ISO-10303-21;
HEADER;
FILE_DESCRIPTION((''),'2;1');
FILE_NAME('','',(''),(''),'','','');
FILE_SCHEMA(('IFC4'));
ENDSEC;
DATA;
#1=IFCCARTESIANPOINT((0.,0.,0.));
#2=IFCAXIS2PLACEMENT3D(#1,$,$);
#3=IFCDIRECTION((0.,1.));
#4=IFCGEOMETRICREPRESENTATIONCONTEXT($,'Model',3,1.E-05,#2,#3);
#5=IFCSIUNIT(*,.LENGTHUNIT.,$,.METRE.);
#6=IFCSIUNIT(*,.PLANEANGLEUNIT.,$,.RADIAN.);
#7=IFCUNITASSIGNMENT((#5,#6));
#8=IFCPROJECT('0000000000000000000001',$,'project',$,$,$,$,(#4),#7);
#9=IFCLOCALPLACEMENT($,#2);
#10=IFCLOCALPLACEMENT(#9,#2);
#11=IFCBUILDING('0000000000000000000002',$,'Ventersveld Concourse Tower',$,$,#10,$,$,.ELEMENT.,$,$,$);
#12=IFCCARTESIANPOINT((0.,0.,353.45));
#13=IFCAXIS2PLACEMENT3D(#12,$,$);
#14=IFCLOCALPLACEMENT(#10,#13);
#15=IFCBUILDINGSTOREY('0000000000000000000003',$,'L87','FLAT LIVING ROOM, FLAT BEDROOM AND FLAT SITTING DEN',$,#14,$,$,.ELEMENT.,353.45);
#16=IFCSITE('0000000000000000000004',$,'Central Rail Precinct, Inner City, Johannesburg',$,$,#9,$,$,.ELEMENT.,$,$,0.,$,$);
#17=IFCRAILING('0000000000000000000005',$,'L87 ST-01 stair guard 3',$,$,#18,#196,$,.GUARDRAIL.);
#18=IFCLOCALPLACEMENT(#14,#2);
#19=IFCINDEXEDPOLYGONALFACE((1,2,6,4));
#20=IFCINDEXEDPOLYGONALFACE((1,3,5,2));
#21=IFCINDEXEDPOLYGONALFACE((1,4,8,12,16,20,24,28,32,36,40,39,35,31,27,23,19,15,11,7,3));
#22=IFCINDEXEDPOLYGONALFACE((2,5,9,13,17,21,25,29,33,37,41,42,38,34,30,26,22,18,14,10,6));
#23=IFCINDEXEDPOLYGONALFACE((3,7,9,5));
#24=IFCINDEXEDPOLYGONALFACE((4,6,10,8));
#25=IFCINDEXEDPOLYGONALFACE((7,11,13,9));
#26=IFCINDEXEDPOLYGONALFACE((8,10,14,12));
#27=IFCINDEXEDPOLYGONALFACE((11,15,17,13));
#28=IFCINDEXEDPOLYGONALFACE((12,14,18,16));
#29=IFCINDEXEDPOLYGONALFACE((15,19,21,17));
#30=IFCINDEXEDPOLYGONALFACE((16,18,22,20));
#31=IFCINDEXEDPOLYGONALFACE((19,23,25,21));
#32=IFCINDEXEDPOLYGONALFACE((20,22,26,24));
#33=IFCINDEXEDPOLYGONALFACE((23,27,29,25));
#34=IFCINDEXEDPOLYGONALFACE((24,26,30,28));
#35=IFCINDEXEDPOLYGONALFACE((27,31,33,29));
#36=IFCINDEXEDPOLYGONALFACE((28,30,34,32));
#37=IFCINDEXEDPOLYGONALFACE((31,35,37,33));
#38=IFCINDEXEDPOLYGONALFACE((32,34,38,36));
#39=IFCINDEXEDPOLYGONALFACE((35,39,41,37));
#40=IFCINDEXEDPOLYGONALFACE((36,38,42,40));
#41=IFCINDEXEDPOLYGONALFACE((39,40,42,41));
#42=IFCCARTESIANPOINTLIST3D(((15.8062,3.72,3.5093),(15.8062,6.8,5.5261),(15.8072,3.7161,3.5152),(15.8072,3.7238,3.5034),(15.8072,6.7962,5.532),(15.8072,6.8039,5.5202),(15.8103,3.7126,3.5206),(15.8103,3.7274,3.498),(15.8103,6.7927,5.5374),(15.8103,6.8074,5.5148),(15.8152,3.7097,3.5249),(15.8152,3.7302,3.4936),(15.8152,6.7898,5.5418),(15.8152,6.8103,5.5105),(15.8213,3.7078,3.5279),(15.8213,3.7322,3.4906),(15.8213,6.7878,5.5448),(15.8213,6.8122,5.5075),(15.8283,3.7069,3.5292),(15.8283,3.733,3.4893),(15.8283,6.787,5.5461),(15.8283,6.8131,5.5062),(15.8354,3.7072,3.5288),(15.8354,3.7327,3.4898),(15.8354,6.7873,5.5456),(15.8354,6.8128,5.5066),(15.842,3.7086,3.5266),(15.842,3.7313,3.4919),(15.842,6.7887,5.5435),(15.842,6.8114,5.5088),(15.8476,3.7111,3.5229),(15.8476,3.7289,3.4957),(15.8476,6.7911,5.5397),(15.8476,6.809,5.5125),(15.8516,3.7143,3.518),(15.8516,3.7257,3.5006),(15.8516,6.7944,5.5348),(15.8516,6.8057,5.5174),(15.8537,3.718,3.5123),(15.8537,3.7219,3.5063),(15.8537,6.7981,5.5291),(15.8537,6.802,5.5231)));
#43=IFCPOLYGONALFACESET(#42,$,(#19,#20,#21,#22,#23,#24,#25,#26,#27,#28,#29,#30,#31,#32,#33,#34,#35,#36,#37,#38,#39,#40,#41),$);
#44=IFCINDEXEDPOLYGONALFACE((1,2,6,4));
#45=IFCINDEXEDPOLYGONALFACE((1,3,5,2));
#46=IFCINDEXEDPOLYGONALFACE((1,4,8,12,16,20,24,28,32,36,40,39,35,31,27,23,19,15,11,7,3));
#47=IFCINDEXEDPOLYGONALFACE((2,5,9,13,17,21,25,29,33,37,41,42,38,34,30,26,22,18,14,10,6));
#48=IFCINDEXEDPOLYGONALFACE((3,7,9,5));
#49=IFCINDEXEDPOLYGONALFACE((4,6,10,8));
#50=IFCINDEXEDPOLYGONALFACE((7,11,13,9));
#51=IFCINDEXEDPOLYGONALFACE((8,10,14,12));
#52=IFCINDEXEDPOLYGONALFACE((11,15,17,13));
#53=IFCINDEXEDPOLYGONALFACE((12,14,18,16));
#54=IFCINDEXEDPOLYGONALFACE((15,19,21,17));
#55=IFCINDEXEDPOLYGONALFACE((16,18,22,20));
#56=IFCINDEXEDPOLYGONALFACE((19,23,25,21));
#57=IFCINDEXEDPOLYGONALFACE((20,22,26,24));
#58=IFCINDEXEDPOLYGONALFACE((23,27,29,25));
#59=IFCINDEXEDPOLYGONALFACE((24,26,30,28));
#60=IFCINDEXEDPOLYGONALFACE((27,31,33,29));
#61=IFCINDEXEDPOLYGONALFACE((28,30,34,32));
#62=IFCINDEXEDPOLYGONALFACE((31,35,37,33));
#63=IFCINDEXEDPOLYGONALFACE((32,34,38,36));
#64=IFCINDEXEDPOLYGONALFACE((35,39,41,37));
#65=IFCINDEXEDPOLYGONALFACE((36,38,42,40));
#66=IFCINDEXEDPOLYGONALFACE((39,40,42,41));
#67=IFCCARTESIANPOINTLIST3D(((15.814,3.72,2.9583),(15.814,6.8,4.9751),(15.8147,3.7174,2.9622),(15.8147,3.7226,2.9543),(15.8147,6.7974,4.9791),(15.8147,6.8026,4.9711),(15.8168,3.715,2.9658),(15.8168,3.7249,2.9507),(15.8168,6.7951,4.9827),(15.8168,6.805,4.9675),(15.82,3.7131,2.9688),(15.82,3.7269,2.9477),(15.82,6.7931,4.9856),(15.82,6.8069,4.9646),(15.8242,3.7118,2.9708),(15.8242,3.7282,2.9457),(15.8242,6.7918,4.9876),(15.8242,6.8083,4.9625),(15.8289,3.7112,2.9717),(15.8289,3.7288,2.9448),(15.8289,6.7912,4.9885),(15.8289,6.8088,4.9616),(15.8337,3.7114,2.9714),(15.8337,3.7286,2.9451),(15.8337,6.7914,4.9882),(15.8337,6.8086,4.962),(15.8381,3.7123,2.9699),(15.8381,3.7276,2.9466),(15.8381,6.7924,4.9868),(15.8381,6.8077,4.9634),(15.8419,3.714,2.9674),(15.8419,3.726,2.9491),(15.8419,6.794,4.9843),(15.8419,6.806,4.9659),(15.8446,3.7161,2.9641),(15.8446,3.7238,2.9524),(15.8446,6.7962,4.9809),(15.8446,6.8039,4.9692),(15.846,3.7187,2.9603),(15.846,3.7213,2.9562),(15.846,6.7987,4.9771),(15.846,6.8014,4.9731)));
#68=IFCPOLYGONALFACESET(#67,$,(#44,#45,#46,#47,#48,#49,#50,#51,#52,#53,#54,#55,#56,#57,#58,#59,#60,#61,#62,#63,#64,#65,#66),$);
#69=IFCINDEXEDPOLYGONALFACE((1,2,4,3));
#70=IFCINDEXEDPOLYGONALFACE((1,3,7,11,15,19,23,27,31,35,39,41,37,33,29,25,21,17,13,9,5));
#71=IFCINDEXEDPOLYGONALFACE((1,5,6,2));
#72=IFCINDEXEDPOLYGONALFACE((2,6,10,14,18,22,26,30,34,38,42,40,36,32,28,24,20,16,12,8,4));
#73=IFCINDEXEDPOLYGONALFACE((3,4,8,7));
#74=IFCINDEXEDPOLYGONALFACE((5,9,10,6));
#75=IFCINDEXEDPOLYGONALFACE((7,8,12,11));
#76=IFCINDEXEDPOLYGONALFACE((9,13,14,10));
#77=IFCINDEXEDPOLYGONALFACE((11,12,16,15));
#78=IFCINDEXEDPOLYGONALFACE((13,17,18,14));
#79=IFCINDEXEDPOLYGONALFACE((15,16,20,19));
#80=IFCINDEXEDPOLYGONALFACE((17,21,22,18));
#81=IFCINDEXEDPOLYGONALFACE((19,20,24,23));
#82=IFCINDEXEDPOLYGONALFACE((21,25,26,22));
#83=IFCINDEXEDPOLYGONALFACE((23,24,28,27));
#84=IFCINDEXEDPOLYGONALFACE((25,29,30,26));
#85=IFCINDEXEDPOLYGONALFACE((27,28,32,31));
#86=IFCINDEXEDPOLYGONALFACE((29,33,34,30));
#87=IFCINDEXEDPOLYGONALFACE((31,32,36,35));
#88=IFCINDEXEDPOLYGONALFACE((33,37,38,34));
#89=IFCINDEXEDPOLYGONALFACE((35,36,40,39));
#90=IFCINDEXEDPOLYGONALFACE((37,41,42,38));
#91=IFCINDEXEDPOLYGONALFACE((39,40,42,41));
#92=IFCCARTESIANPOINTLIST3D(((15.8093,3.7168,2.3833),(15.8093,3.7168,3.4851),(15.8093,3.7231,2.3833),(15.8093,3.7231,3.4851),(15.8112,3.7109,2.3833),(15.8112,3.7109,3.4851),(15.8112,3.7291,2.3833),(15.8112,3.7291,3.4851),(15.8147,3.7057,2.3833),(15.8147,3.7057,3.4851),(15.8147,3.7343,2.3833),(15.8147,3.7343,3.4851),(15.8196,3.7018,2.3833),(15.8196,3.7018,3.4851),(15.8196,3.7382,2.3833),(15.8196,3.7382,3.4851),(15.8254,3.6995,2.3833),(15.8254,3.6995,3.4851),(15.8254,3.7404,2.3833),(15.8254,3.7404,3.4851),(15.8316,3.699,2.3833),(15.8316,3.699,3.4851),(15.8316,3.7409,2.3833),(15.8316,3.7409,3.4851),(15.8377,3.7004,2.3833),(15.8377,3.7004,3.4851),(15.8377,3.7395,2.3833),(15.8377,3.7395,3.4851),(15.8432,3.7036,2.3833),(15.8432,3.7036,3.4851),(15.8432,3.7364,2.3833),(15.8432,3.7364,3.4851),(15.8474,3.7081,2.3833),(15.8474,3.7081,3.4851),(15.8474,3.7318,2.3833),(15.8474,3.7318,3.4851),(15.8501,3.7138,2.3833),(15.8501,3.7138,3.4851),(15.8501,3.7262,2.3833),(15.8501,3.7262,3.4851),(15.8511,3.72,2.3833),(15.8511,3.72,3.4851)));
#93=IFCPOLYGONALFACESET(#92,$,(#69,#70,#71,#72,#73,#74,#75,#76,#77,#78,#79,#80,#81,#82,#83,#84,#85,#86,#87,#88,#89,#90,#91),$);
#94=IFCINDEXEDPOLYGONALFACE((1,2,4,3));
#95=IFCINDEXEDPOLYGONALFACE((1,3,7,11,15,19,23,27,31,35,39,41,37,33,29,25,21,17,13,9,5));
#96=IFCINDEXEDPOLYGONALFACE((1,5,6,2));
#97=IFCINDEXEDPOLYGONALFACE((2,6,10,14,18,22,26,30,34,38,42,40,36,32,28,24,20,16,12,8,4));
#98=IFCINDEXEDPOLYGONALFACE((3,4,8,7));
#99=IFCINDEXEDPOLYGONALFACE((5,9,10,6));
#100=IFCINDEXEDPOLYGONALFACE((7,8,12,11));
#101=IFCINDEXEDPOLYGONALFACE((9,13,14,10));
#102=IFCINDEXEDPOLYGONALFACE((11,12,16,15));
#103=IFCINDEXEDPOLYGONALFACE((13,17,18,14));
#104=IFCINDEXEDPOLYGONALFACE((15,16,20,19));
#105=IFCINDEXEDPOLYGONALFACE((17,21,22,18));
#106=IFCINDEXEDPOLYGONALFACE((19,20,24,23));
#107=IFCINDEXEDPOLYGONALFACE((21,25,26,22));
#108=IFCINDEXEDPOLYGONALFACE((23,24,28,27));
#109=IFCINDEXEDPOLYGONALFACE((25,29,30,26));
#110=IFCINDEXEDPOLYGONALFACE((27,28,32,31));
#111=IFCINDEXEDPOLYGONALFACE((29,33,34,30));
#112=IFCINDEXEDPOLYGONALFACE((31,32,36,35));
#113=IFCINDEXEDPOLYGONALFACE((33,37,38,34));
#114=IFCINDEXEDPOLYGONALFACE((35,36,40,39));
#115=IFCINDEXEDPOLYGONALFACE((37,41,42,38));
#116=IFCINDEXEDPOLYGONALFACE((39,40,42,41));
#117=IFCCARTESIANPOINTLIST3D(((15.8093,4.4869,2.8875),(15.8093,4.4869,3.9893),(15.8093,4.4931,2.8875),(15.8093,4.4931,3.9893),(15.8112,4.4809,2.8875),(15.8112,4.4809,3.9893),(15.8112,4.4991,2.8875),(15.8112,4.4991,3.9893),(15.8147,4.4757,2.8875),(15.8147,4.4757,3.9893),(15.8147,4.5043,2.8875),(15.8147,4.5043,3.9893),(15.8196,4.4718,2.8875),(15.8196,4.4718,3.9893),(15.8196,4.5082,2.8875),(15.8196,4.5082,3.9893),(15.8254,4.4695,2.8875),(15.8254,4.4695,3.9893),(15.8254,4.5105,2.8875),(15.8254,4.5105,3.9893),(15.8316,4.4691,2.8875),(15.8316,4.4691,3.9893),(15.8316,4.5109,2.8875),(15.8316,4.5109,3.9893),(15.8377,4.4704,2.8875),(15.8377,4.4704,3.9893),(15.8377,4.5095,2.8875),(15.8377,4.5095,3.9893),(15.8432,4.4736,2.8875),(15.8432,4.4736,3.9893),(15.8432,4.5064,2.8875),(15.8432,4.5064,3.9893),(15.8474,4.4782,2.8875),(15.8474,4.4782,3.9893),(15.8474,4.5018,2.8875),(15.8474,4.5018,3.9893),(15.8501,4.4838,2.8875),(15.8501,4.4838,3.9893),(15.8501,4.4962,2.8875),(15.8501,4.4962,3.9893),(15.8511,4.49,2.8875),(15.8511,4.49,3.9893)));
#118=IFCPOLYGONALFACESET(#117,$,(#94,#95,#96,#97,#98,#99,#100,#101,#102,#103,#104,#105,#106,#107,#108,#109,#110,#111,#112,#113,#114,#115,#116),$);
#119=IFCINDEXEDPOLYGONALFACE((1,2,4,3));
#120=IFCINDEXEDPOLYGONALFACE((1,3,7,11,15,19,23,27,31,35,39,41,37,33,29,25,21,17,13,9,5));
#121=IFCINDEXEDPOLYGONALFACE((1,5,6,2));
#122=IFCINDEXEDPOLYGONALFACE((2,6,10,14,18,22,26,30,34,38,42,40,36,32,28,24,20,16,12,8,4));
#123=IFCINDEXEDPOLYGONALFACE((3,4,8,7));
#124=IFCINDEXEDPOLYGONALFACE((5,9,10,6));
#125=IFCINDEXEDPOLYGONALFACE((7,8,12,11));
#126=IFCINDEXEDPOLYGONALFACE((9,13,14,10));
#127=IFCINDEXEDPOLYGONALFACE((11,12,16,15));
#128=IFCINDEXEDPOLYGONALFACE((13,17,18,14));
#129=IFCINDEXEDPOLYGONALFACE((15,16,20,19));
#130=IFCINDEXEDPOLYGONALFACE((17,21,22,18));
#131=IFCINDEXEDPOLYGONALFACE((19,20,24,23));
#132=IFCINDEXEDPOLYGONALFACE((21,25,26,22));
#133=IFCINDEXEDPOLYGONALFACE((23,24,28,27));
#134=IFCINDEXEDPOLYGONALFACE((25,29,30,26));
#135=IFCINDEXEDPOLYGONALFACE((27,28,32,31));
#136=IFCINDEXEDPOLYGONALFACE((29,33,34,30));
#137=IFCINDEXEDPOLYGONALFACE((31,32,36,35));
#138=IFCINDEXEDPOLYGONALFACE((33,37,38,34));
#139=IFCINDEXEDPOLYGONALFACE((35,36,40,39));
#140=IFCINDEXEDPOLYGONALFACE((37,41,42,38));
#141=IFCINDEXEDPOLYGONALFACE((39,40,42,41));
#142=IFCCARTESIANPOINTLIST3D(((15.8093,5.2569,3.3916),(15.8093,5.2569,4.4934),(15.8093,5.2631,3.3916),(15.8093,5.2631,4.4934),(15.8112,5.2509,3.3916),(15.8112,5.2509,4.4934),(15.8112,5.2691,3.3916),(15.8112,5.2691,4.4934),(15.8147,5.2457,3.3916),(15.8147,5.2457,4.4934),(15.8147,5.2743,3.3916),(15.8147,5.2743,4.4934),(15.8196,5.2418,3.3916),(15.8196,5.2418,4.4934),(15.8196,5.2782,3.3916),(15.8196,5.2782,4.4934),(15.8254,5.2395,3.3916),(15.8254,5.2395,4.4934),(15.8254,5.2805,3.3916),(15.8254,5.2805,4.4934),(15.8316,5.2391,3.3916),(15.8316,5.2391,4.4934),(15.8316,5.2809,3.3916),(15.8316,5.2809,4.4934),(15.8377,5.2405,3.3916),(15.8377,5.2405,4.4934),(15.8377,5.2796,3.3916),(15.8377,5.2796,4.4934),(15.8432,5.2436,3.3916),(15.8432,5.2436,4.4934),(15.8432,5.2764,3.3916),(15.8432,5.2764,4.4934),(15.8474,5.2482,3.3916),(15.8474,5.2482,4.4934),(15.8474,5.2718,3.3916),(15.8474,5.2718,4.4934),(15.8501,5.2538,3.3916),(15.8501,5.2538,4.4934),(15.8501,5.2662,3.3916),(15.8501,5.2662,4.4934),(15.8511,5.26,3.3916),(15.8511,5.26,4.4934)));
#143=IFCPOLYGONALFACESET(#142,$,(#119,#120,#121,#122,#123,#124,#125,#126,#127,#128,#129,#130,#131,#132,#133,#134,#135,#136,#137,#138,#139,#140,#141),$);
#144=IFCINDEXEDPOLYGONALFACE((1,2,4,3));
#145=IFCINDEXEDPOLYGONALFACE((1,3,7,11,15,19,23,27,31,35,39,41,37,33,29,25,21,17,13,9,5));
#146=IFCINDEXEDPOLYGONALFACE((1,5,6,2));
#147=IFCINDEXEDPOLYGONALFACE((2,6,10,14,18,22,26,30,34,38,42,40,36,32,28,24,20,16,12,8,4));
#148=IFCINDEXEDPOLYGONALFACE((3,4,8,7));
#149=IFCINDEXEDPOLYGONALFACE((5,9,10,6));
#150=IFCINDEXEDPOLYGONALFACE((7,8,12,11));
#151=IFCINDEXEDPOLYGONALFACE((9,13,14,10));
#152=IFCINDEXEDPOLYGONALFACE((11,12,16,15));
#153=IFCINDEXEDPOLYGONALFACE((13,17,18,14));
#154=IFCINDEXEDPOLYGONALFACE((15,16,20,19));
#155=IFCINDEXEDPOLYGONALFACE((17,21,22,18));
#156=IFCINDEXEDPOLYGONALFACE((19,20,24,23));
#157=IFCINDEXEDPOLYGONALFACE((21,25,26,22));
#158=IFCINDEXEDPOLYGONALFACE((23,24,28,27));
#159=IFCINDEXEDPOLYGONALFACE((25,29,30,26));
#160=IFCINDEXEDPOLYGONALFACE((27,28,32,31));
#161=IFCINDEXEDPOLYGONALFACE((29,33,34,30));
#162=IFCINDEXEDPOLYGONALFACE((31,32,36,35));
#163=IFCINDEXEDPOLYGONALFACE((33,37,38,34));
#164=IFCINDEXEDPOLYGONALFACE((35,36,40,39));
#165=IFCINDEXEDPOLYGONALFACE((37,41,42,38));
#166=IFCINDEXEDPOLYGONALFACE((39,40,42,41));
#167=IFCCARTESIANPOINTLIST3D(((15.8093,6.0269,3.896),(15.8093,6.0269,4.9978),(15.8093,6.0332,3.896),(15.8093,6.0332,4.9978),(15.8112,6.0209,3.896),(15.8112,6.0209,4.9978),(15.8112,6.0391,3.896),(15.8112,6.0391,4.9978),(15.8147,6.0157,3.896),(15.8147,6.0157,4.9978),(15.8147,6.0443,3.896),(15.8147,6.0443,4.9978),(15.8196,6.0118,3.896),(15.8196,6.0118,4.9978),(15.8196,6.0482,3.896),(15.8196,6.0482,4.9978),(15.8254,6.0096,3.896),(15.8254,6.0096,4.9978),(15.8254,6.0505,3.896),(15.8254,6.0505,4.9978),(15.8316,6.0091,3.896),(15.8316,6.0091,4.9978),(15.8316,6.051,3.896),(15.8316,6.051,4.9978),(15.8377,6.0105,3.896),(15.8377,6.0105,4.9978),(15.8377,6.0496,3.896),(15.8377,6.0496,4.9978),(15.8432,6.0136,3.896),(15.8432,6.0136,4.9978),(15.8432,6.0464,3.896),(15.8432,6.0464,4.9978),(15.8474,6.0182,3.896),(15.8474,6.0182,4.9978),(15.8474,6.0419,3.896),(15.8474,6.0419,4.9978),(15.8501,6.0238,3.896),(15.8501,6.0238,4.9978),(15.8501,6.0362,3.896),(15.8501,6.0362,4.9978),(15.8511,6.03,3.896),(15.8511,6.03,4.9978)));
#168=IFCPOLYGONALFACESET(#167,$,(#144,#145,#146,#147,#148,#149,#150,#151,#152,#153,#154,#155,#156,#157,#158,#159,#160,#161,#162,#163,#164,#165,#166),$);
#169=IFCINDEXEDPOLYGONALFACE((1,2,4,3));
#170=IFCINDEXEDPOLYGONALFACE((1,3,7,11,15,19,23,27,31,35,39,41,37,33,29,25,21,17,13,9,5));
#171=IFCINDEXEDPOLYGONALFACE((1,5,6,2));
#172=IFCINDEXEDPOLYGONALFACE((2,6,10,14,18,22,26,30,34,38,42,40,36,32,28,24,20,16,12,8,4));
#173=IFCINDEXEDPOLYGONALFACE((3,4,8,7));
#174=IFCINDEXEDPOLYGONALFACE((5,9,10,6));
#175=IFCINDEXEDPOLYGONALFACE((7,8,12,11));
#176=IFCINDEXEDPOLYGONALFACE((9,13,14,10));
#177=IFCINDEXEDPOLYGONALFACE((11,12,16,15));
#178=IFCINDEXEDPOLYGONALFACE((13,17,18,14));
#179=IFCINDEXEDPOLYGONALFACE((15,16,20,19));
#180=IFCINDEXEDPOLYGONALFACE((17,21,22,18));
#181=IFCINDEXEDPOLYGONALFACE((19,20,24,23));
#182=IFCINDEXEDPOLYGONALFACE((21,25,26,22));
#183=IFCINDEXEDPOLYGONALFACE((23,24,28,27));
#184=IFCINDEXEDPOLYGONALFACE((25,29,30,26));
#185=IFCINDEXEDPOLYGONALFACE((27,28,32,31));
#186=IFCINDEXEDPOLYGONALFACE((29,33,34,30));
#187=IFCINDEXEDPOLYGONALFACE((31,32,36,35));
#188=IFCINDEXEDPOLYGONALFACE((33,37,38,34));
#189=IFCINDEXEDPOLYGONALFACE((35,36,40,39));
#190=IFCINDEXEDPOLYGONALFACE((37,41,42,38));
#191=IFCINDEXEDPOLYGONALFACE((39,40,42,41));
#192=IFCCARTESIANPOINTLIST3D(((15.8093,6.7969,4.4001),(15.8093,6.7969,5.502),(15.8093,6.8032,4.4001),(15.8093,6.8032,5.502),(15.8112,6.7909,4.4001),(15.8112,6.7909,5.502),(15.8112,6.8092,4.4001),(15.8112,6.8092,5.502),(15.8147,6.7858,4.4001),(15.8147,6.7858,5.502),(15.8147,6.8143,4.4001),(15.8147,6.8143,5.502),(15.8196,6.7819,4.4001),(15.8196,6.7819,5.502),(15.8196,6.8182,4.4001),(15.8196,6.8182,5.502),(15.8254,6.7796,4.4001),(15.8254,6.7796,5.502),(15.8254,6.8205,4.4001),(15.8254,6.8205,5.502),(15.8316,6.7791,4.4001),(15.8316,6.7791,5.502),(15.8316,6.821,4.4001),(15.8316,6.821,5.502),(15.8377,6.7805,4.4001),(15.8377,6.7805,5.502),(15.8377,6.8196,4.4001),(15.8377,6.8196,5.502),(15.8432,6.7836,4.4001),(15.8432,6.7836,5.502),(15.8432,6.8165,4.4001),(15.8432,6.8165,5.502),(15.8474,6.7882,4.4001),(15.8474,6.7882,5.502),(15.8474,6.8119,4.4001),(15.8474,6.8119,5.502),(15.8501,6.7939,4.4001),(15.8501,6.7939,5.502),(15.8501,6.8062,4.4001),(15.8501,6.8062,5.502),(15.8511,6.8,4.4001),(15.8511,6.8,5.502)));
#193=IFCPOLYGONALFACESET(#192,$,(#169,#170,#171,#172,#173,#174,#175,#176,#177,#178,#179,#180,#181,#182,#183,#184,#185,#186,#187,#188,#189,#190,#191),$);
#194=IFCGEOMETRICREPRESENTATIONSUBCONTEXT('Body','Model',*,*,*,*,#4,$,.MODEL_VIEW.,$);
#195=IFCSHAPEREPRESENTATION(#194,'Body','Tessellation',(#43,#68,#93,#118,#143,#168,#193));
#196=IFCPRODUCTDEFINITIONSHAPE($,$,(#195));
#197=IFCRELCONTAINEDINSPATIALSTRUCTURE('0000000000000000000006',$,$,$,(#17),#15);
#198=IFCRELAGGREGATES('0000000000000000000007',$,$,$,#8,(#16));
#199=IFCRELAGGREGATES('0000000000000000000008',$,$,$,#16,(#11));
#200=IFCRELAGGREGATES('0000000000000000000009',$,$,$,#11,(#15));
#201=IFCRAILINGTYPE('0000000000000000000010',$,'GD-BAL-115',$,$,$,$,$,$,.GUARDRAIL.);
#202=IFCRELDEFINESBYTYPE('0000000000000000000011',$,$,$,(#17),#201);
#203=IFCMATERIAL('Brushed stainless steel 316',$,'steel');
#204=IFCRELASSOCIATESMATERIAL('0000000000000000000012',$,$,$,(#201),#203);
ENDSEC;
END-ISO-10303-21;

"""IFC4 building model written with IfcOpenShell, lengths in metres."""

from ifc_helpers import new_model, si_unit, direction, frame, origin, origin_2d, place, context, subcontext, project, spatial, circle, extrude, material, type_object, element, save


model = new_model("IFC4")

# Units and contexts
model_context = context("Model", 3, precision=1e-05, world=origin(), true_north=direction((0.0, 1.0)))
body_context = subcontext(model_context, "Body", "Model", "MODEL_VIEW")
ifc_project = project(units=[si_unit("LENGTHUNIT", "METRE"), si_unit("PLANEANGLEUNIT", "RADIAN")], contexts=[model_context])

# Site, building, storey
site_placement = place(None, origin())
site = spatial("IfcSite", under=ifc_project, at=site_placement, Name="Central Rail Precinct, Inner City, Johannesburg", CompositionType="ELEMENT", RefElevation=0.0)
building_placement = place(site_placement, origin())
building = spatial("IfcBuilding", under=site, at=building_placement, Name="Ventersveld Concourse Tower", CompositionType="ELEMENT")
storey_placement = place(building_placement, frame((0.0, 0.0, 353.45)))
storey = spatial("IfcBuildingStorey", under=building, at=storey_placement, Name="L87", Description="FLAT LIVING ROOM, FLAT BEDROOM AND FLAT SITTING DEN", CompositionType="ELEMENT", Elevation=353.45)

# Shared definitions
ifc_material_1 = material(Name="Brushed stainless steel 316", Category="steel")

# Railing
railing_type_1 = type_object("IfcRailingType", Name="GD-BAL-115", PredefinedType="GUARDRAIL", material=ifc_material_1)
railing_1_placement = place(storey_placement, frame((15.8301, 3.72, 2.3833)))
element("IfcRailing", 1, at=railing_1_placement, inside=storey, type_object=railing_type_1, Name="L87 ST-01 stair guard 3", PredefinedType="GUARDRAIL", context=body_context, shape_type="SweptSolid", body=[
    extrude(circle(Radius=0.0239, at=origin_2d()), frame((0.0, 0.0, 1.126), z_axis=(0.0, 0.836603, 0.54781), x_axis=(-1.0, 0.0, 0.0)), (0.0, 0.0, 1.0), 3.6816),
    extrude(circle(Radius=0.0161, at=origin_2d()), frame((0.0, 0.0, 0.575), z_axis=(0.0, 0.836603, 0.54781), x_axis=(-1.0, 0.0, 0.0)), (0.0, 0.0, 1.0), 3.6816),
    extrude(circle(Radius=0.021, at=origin_2d()), origin(), (0.0, 0.0, 1.0), 1.1018),
    extrude(circle(Radius=0.021, at=origin_2d()), frame((0.0, 0.77, 0.5042)), (0.0, 0.0, 1.0), 1.1018),
    extrude(circle(Radius=0.021, at=origin_2d()), frame((0.0, 1.54, 1.0083)), (0.0, 0.0, 1.0), 1.1018),
    extrude(circle(Radius=0.021, at=origin_2d()), frame((0.0, 2.3101, 1.5127)), (0.0, 0.0, 1.0), 1.1018),
    extrude(circle(Radius=0.021, at=origin_2d()), frame((0.0, 3.0801, 2.0168)), (0.0, 0.0, 1.0), 1.1018),
])

save(model, "model.ifc")
